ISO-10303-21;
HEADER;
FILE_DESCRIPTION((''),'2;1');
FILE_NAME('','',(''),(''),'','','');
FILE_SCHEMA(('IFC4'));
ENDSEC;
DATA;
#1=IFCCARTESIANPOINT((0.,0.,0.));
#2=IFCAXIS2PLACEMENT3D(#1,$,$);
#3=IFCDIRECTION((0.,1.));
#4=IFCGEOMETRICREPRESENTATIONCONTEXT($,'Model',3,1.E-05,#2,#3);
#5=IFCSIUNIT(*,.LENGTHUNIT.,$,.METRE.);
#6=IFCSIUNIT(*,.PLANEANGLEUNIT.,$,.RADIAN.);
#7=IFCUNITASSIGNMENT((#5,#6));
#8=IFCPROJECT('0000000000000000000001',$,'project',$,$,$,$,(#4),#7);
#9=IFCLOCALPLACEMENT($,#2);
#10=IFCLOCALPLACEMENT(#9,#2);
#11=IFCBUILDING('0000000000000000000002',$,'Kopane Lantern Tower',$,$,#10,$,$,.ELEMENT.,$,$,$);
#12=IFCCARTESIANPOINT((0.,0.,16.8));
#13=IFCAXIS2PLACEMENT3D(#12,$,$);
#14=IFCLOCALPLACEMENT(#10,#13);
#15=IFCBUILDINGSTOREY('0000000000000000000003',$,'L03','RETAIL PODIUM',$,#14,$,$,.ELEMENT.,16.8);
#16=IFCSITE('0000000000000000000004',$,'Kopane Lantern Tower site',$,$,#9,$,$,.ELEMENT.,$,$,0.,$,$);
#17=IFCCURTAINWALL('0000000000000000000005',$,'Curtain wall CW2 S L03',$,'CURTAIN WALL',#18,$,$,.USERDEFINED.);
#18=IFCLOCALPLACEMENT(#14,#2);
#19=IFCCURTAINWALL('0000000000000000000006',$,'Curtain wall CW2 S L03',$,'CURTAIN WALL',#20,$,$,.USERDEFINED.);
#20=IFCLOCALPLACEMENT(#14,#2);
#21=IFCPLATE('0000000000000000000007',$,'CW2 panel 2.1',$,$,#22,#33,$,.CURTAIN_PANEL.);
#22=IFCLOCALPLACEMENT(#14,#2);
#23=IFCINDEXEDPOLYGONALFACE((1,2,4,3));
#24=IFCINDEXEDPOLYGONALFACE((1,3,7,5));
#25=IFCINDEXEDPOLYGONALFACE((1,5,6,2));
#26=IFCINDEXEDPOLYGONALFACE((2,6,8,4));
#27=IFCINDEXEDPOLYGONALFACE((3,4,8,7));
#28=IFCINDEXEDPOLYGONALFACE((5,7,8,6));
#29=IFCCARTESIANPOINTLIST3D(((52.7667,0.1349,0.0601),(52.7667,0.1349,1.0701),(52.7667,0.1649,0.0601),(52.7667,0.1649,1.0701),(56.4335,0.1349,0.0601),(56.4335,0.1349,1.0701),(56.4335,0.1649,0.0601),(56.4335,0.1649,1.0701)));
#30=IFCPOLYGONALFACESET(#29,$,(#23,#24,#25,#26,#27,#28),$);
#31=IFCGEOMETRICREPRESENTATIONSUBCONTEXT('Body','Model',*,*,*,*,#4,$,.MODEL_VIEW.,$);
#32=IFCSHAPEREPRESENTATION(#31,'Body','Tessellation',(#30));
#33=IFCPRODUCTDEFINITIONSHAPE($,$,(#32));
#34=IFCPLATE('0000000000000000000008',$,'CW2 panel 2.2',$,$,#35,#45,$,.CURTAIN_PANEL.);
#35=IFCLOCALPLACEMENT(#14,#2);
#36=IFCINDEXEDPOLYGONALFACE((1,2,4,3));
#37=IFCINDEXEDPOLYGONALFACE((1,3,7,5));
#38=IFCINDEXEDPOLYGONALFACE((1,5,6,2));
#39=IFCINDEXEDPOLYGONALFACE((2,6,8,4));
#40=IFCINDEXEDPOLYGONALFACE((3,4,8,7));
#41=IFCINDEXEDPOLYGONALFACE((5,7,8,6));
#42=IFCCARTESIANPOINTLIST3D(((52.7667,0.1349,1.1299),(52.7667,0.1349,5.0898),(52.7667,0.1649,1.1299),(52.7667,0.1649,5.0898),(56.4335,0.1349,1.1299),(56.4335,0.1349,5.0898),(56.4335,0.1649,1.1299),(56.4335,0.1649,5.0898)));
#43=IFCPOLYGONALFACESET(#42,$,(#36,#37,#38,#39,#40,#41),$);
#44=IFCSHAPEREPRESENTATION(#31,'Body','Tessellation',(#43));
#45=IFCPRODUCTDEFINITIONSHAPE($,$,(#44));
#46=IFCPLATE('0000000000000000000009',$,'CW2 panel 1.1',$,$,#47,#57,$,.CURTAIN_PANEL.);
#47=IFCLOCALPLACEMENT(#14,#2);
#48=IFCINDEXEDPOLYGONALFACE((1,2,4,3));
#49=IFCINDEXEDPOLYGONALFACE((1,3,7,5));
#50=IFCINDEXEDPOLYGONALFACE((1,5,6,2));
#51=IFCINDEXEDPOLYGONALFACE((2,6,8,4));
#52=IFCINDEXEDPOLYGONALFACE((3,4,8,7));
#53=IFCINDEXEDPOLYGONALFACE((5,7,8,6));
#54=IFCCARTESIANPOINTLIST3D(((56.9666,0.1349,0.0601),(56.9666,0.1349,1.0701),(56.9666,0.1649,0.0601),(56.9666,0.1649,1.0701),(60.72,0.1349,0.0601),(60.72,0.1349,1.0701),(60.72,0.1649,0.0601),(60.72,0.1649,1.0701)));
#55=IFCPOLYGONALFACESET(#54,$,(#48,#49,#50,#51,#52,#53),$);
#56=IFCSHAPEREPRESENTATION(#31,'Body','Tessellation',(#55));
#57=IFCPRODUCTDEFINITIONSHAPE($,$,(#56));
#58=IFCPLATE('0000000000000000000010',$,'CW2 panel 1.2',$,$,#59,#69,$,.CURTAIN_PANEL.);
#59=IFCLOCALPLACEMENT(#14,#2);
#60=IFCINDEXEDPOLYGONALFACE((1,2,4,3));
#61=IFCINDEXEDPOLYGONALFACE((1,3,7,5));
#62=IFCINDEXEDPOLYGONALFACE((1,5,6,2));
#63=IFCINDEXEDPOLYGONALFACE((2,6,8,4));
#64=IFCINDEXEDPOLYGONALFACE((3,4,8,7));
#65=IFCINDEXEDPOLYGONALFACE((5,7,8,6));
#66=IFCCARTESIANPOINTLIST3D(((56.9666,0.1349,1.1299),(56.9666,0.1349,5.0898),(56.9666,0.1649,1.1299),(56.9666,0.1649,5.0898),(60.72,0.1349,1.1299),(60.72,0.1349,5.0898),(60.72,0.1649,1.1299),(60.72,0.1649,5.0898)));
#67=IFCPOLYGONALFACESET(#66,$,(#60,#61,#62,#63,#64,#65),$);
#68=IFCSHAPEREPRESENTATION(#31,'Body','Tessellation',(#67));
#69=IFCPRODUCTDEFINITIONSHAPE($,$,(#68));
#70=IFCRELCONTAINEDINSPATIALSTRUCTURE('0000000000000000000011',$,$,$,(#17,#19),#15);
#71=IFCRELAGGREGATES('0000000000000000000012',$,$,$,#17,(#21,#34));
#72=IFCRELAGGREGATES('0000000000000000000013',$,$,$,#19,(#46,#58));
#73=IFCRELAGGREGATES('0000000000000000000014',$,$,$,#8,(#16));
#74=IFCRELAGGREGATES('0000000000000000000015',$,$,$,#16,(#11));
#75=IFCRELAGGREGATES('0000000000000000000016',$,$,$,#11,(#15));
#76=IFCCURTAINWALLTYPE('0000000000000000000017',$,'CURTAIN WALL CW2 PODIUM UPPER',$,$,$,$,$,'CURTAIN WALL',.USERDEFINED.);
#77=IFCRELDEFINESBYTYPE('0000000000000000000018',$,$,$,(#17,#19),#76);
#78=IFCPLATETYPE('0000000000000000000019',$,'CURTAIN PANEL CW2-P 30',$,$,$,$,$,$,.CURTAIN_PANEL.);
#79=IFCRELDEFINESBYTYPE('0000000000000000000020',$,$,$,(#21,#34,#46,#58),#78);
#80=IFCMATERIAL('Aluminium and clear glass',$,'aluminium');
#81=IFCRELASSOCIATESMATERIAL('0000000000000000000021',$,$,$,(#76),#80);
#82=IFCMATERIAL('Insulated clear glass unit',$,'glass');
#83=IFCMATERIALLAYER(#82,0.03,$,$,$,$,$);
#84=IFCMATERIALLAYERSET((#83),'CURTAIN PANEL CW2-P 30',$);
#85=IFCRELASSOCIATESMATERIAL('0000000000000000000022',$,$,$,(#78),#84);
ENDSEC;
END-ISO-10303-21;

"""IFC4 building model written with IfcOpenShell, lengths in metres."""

from ifc_helpers import new_model, si_unit, direction, frame, origin, origin_2d, place, context, subcontext, project, spatial, rectangle, extrude, material, layer, layer_set, type_object, element, aggregate, save


model = new_model("IFC4")

# Units and contexts
model_context = context("Model", 3, precision=1e-05, world=origin(), true_north=direction((0.0, 1.0)))
body_context = subcontext(model_context, "Body", "Model", "MODEL_VIEW")
ifc_project = project(units=[si_unit("LENGTHUNIT", "METRE"), si_unit("PLANEANGLEUNIT", "RADIAN")], contexts=[model_context])

# Site, building, storey
site_placement = place(None, origin())
site = spatial("IfcSite", under=ifc_project, at=site_placement, Name="Kopane Lantern Tower site", CompositionType="ELEMENT", RefElevation=0.0)
building_placement = place(site_placement, origin())
building = spatial("IfcBuilding", under=site, at=building_placement, Name="Kopane Lantern Tower", CompositionType="ELEMENT")
storey_placement = place(building_placement, frame((0.0, 0.0, 16.8)))
storey = spatial("IfcBuildingStorey", under=building, at=storey_placement, Name="L03", Description="RETAIL PODIUM", CompositionType="ELEMENT", Elevation=16.8)

# Curtain wall
ifc_material_1 = material(Name="Aluminium and clear glass", Category="aluminium")
curtain_wall_type = type_object("IfcCurtainWallType", Name="CURTAIN WALL CW2 PODIUM UPPER", ElementType="CURTAIN WALL", PredefinedType="USERDEFINED", material=ifc_material_1)
curtain_wall_1_placement = place(storey_placement, origin())
curtain_wall_1 = element("IfcCurtainWall", 1, at=curtain_wall_1_placement, inside=storey, type_object=curtain_wall_type, Name="Curtain wall CW2 S L03", ObjectType="CURTAIN WALL", PredefinedType="USERDEFINED")

# Curtain wall
curtain_wall_2_placement = place(storey_placement, origin())
curtain_wall_2 = element("IfcCurtainWall", 2, at=curtain_wall_2_placement, inside=storey, type_object=curtain_wall_type, Name="Curtain wall CW2 S L03", ObjectType="CURTAIN WALL", PredefinedType="USERDEFINED")

# Plates
ifc_material_2 = material(Name="Insulated clear glass unit", Category="glass")
ifc_layer = layer(ifc_material_2, 0.03)
ifc_layer_set = layer_set([ifc_layer], Name="CURTAIN PANEL CW2-P 30")
plate_type = type_object("IfcPlateType", Name="CURTAIN PANEL CW2-P 30", PredefinedType="CURTAIN_PANEL", material=ifc_layer_set)
plate_1_placement = place(storey_placement, frame((54.6001, 0.1499, 0.0601), z_axis=(0.0, 0.0, 1.0), x_axis=(1.0, 0.0, 0.0)))
plate_1 = element("IfcPlate", 3, at=plate_1_placement, type_object=plate_type, Name="CW2 panel 2.1", PredefinedType="CURTAIN_PANEL", context=body_context, shape_type="SweptSolid", body=[
    extrude(rectangle(XDim=3.6667, YDim=0.03, at=origin_2d()), origin(), (0.0, 0.0, 1.0), 1.01),
])
plate_2_placement = place(storey_placement, frame((54.6001, 0.1499, 1.1299), z_axis=(0.0, 0.0, 1.0), x_axis=(1.0, 0.0, 0.0)))
plate_2 = element("IfcPlate", 4, at=plate_2_placement, type_object=plate_type, Name="CW2 panel 2.2", PredefinedType="CURTAIN_PANEL", context=body_context, shape_type="SweptSolid", body=[
    extrude(rectangle(XDim=3.6667, YDim=0.03, at=origin_2d()), origin(), (0.0, 0.0, 1.0), 3.96),
])
aggregate(curtain_wall_1, [plate_1, plate_2])
plate_3_placement = place(storey_placement, frame((58.8433, 0.1499, 0.0601), z_axis=(0.0, 0.0, 1.0), x_axis=(1.0, 0.0, 0.0)))
plate_3 = element("IfcPlate", 5, at=plate_3_placement, type_object=plate_type, Name="CW2 panel 1.1", PredefinedType="CURTAIN_PANEL", context=body_context, shape_type="SweptSolid", body=[
    extrude(rectangle(XDim=3.7534, YDim=0.03, at=origin_2d()), origin(), (0.0, 0.0, 1.0), 1.01),
])
plate_4_placement = place(storey_placement, frame((58.8433, 0.1499, 1.1299), z_axis=(0.0, 0.0, 1.0), x_axis=(1.0, 0.0, 0.0)))
plate_4 = element("IfcPlate", 6, at=plate_4_placement, type_object=plate_type, Name="CW2 panel 1.2", PredefinedType="CURTAIN_PANEL", context=body_context, shape_type="SweptSolid", body=[
    extrude(rectangle(XDim=3.7534, YDim=0.03, at=origin_2d()), origin(), (0.0, 0.0, 1.0), 3.96),
])
aggregate(curtain_wall_2, [plate_3, plate_4])

save(model, "model.ifc")
